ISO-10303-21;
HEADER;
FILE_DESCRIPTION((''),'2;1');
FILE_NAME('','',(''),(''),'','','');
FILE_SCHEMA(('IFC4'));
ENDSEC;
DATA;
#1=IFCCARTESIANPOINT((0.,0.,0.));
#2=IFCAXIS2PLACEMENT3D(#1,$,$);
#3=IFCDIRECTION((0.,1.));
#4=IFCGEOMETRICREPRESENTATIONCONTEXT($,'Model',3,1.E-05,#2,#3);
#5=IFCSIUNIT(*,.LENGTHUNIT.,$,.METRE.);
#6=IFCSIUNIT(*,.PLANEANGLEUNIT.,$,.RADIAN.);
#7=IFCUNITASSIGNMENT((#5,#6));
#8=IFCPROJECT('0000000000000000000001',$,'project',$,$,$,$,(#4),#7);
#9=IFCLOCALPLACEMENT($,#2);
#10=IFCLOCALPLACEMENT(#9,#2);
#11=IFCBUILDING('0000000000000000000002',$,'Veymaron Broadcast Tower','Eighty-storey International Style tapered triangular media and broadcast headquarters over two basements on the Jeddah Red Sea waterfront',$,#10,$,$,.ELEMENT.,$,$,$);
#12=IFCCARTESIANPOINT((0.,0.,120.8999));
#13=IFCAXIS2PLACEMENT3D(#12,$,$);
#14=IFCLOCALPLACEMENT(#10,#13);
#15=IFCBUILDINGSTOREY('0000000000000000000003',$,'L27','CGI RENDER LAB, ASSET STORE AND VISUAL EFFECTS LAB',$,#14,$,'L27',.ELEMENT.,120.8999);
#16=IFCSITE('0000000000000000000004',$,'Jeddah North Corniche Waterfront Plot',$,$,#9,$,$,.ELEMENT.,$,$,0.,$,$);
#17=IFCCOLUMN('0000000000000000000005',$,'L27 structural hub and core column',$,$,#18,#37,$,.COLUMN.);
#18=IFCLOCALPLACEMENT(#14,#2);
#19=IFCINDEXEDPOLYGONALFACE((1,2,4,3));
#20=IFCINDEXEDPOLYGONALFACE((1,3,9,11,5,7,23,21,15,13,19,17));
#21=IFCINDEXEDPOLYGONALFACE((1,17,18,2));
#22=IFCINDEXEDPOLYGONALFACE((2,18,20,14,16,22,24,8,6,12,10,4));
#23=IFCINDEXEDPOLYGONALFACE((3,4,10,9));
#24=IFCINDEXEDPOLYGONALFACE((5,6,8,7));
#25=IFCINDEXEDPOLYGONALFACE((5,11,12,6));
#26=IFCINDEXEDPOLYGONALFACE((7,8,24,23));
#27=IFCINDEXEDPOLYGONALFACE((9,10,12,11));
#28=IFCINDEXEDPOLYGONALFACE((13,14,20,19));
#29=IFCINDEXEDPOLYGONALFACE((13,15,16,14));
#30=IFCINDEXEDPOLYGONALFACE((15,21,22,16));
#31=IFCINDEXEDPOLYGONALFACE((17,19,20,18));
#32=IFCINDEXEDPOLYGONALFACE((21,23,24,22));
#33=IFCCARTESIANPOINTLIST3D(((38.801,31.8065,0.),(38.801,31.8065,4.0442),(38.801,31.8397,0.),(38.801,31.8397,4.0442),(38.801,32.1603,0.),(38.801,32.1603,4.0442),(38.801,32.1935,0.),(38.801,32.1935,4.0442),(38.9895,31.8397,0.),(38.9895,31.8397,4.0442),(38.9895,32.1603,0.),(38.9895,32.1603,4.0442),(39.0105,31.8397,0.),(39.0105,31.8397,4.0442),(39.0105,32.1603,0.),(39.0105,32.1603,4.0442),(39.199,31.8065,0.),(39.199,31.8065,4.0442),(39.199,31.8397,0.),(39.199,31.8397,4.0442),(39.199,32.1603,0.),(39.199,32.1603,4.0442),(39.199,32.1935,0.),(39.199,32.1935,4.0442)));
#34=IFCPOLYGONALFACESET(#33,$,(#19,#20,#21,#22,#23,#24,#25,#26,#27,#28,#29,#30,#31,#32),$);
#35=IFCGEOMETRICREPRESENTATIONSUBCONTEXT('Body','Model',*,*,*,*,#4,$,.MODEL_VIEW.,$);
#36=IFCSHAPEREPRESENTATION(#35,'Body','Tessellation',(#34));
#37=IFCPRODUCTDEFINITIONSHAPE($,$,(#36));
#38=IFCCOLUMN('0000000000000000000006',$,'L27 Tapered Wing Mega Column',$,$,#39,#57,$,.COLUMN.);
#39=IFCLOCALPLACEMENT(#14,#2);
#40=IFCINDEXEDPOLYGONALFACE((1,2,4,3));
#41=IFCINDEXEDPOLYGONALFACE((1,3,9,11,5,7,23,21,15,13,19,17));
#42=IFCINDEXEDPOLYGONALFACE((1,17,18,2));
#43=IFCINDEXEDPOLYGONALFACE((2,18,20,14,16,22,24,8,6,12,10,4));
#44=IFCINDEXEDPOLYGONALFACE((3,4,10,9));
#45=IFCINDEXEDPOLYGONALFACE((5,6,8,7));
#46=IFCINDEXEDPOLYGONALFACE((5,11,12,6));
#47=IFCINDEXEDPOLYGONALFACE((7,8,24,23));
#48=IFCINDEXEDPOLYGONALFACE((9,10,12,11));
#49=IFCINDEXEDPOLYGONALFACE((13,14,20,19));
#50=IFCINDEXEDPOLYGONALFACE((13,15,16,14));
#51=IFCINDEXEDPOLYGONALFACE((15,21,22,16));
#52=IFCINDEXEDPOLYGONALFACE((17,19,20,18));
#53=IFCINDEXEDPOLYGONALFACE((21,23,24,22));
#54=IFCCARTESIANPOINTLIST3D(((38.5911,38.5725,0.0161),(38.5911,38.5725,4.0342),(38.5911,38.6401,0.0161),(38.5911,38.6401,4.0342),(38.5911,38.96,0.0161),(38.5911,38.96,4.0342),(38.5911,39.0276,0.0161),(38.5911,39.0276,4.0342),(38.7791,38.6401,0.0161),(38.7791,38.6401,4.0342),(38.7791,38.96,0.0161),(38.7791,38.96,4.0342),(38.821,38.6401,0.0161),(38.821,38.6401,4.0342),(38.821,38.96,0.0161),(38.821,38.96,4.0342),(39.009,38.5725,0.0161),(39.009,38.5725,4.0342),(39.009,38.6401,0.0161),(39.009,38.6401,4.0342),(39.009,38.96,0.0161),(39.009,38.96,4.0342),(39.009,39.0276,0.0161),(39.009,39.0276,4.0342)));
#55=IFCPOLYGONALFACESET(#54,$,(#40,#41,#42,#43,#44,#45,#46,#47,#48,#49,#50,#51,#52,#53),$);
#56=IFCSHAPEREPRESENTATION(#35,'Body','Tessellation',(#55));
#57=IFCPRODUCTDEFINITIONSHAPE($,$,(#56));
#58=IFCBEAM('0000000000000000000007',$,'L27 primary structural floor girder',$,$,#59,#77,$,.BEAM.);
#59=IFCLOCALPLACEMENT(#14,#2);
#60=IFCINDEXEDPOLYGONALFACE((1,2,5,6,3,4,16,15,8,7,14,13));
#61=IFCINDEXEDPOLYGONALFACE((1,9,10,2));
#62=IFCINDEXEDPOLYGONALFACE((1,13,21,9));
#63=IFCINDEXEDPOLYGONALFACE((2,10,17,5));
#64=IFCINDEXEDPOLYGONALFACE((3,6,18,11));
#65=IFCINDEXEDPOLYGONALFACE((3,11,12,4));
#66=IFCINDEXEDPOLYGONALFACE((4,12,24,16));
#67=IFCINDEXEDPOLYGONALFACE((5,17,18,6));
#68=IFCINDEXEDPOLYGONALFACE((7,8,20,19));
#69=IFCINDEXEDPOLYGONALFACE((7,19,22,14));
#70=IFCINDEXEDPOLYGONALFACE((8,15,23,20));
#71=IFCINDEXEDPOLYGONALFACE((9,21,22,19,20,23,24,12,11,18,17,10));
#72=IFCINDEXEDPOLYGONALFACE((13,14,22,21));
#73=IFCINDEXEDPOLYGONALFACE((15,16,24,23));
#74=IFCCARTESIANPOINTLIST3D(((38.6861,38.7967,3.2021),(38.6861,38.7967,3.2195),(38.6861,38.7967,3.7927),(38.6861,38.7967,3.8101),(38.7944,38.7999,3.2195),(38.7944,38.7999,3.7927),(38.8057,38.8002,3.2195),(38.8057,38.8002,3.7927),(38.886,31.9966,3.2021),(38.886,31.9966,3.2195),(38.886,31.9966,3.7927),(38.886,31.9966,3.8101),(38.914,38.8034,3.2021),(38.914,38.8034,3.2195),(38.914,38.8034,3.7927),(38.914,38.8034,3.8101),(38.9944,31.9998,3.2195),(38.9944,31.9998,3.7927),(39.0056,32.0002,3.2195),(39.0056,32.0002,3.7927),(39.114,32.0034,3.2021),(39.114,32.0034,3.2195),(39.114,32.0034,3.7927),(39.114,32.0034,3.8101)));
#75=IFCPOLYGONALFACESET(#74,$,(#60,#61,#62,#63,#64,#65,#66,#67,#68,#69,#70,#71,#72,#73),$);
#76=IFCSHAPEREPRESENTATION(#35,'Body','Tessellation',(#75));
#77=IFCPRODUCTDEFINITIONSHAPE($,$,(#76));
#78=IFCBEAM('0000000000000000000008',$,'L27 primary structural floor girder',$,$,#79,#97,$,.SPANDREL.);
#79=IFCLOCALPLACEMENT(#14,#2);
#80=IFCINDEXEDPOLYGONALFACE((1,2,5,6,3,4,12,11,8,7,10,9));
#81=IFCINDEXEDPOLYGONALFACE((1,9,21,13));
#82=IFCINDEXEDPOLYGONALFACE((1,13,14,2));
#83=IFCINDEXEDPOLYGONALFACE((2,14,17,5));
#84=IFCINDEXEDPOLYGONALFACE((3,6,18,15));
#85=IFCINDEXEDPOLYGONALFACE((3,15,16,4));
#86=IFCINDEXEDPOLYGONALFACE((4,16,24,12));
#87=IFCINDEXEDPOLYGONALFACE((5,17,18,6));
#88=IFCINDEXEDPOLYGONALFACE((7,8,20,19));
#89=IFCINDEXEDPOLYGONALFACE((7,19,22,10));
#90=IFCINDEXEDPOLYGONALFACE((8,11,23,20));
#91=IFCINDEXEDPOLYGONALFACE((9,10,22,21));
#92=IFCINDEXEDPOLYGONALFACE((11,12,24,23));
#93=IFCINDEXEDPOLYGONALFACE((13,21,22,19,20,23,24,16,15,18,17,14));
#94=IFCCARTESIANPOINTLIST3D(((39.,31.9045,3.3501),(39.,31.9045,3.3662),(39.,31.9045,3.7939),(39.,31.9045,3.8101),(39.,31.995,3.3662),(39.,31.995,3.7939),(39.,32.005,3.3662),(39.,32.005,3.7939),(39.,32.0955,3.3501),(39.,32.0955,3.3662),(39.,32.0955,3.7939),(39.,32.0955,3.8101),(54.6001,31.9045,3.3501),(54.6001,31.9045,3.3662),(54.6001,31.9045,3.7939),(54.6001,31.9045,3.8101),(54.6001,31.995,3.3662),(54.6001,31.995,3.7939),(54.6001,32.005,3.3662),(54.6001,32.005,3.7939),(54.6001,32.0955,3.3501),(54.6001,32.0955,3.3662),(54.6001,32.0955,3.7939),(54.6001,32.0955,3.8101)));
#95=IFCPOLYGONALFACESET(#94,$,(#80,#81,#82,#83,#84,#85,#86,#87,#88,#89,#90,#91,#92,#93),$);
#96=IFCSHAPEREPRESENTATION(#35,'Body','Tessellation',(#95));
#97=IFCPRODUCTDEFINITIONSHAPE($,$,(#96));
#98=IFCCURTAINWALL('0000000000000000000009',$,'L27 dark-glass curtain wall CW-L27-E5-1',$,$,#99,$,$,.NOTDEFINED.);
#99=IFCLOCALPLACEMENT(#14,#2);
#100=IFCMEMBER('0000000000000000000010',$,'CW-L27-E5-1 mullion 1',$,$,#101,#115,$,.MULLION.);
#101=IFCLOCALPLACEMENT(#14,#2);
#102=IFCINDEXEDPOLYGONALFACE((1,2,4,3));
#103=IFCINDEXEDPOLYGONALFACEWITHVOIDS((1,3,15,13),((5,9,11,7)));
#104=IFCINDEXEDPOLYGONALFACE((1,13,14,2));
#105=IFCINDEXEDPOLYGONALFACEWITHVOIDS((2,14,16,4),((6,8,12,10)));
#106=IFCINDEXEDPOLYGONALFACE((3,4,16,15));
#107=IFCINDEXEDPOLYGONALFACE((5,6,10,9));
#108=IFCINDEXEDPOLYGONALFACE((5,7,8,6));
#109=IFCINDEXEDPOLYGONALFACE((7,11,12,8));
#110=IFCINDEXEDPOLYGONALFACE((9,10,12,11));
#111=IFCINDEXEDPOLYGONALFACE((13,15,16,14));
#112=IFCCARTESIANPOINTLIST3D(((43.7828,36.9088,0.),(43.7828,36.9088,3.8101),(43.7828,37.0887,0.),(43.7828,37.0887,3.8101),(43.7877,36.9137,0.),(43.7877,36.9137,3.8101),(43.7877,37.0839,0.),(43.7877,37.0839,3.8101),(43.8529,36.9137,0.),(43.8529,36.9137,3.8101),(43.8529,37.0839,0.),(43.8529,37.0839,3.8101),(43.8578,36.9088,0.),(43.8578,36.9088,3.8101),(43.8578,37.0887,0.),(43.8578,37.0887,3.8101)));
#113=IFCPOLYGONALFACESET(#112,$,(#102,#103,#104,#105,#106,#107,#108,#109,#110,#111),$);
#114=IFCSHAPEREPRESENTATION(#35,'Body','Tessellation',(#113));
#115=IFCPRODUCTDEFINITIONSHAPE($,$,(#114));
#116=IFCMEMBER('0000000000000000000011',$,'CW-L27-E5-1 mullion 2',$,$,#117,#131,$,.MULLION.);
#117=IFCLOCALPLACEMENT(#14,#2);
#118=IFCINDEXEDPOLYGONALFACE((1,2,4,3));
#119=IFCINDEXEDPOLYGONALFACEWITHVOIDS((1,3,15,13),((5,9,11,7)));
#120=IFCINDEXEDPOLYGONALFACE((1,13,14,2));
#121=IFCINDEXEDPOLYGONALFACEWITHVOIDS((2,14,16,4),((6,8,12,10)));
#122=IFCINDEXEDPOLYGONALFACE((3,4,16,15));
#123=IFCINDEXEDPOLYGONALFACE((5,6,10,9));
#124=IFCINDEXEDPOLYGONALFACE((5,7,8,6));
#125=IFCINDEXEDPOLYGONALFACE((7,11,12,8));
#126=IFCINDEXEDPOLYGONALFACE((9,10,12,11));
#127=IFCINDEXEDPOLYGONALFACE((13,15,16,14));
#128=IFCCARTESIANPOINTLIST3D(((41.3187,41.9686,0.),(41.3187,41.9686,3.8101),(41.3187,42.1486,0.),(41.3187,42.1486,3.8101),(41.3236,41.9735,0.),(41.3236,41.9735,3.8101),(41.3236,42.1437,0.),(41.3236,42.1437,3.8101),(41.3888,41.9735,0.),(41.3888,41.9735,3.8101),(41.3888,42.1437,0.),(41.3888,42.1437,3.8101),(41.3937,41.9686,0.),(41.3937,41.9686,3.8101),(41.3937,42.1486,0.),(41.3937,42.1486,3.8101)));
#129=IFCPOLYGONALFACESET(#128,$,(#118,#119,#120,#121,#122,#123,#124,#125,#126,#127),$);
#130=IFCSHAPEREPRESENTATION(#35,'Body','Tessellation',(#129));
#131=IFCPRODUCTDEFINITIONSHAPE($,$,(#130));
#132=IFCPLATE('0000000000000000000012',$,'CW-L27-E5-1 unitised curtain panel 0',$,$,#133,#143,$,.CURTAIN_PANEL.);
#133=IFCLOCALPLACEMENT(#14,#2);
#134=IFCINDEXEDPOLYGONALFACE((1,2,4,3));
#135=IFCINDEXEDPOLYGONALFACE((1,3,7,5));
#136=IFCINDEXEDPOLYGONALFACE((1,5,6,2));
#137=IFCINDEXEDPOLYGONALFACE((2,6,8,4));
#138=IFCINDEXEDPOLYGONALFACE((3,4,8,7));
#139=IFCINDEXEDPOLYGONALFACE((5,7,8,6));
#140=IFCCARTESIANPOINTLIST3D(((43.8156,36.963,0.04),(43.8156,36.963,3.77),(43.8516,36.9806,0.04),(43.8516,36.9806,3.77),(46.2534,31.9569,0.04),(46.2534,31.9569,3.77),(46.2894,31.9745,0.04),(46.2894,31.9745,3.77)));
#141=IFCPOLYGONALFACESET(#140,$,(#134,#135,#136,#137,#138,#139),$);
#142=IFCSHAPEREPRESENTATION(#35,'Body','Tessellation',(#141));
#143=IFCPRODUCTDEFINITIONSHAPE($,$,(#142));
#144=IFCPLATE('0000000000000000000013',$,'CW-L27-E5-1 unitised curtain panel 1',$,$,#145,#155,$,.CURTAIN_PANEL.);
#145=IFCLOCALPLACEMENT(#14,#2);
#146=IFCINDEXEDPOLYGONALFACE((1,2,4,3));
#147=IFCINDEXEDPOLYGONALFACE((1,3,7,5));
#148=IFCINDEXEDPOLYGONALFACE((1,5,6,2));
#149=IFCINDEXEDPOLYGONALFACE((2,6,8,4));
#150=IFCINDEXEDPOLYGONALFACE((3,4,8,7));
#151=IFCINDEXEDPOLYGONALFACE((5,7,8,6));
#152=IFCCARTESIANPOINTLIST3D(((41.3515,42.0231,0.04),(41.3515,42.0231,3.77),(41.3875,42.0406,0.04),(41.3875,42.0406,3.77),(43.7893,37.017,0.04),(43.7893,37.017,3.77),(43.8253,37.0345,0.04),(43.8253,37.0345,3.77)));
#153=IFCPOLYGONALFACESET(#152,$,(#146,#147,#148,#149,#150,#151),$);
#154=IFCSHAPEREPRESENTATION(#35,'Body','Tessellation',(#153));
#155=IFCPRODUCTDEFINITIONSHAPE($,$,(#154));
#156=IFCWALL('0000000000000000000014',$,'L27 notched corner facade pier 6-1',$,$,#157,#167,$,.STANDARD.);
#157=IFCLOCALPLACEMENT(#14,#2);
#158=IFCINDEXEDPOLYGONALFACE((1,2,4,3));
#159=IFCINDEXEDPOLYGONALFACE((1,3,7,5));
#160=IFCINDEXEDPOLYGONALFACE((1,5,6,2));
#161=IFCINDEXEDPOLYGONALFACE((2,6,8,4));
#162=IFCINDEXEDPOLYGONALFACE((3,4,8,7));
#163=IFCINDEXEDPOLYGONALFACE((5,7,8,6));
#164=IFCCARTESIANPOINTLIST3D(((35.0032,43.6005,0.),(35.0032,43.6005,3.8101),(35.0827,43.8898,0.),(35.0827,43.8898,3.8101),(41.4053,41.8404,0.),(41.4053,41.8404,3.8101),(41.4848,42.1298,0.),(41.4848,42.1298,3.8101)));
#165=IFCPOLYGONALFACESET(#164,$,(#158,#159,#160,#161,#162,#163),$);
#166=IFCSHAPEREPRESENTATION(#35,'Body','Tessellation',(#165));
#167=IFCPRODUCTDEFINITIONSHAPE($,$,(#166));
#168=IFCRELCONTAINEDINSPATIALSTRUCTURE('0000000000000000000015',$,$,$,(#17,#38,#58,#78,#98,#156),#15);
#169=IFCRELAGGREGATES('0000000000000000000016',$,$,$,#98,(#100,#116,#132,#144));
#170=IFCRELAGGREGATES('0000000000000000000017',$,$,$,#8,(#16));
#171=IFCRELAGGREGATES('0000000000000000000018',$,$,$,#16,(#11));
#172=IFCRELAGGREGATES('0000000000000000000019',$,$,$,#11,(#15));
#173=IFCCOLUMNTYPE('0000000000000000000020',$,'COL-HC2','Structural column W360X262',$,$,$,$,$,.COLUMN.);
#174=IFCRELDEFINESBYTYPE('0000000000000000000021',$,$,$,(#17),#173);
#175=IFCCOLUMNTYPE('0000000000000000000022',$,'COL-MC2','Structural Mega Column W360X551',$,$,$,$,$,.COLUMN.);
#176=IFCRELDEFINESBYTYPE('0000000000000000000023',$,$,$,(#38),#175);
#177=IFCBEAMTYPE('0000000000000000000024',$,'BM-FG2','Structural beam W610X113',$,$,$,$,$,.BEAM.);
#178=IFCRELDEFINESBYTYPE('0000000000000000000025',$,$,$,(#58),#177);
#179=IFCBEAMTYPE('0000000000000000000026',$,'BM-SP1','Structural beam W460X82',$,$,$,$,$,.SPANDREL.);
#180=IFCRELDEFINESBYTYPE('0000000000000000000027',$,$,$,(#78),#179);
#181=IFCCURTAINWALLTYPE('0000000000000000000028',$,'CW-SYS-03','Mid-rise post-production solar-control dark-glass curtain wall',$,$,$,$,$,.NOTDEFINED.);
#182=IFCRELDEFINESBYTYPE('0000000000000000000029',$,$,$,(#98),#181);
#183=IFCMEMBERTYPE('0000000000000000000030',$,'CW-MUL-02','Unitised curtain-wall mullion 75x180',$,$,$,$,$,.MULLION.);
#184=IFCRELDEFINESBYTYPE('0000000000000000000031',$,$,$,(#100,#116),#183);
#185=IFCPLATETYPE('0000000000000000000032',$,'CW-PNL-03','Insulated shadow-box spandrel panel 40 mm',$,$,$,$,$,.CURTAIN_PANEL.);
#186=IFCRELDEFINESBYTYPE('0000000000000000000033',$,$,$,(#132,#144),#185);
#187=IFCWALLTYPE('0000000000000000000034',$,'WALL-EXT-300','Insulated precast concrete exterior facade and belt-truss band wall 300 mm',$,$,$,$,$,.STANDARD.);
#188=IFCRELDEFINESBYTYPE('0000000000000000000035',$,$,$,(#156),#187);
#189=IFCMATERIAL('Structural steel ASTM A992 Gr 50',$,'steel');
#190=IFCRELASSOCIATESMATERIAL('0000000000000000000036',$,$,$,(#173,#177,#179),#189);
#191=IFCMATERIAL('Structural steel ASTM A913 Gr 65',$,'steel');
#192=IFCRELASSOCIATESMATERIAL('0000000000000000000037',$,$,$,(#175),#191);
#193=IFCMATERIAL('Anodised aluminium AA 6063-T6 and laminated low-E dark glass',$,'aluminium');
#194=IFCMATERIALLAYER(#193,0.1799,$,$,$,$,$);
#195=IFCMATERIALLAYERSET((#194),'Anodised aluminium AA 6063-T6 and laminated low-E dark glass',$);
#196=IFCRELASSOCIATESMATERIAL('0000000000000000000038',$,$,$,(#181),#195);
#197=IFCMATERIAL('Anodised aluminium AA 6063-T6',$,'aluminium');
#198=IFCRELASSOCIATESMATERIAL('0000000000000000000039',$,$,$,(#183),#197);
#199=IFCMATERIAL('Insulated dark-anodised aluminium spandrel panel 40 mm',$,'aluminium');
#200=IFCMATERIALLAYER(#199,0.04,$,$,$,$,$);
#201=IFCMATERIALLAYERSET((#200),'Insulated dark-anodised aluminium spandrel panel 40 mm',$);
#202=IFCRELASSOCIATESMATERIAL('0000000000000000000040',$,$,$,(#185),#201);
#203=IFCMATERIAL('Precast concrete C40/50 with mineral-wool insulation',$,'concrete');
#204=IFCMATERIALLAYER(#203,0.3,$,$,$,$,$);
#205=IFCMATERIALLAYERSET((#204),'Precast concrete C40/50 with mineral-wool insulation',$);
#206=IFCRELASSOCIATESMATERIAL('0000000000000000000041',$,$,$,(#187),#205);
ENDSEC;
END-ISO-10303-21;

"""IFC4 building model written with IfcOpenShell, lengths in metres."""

from ifc_helpers import new_model, si_unit, direction, frame, frame_2d, origin, origin_2d, place, context, subcontext, project, spatial, rectangle, hollow_rectangle, i_section, extrude, material, layer, layer_set, material_profile, profile_set, type_object, element, aggregate, save


model = new_model("IFC4")

# Units and contexts
model_context = context("Model", 3, precision=1e-05, world=origin(), true_north=direction((0.0, 1.0)))
body_context = subcontext(model_context, "Body", "Model", "MODEL_VIEW")
ifc_project = project(units=[si_unit("LENGTHUNIT", "METRE"), si_unit("PLANEANGLEUNIT", "RADIAN")], contexts=[model_context])

# Site, building, storey
site_placement = place(None, origin())
site = spatial("IfcSite", under=ifc_project, at=site_placement, Name="Jeddah North Corniche Waterfront Plot", CompositionType="ELEMENT", RefElevation=0.0)
building_placement = place(site_placement, origin())
building = spatial("IfcBuilding", under=site, at=building_placement, Name="Veymaron Broadcast Tower", Description="Eighty-storey International Style tapered triangular media and broadcast headquarters over two basements on the Jeddah Red Sea waterfront", CompositionType="ELEMENT")
storey_placement = place(building_placement, frame((0.0, 0.0, 120.8999)))
storey = spatial("IfcBuildingStorey", under=building, at=storey_placement, Name="L27", Description="CGI RENDER LAB, ASSET STORE AND VISUAL EFFECTS LAB", LongName="L27", CompositionType="ELEMENT", Elevation=120.8999)

# Columns
ifc_material_1 = material(Name="Structural steel ASTM A992 Gr 50", Category="steel")
ifc_material_profile_1 = material_profile(ifc_material_1, i_section(OverallWidth=0.3979, OverallDepth=0.387, WebThickness=0.021, FlangeThickness=0.0332, at=origin_2d()), Name="W360X262")
ifc_profile_set_1 = profile_set([ifc_material_profile_1], Name="Structural steel ASTM A992 Gr 50")
column_type_1 = type_object("IfcColumnType", Name="COL-HC2", Description="Structural column W360X262", PredefinedType="COLUMN", material=ifc_profile_set_1)
column_1_placement = place(storey_placement, frame((39.0, 32.0, 0.0), z_axis=(0.0, 0.0, 1.0), x_axis=(1.0, 0.0, 0.0)))
element("IfcColumn", 1, at=column_1_placement, inside=storey, type_object=column_type_1, Name="L27 structural hub and core column", PredefinedType="COLUMN", context=body_context, shape_type="SweptSolid", body=[
    extrude(i_section(OverallWidth=0.3979, OverallDepth=0.387, WebThickness=0.021, FlangeThickness=0.0332, at=origin_2d()), origin(), (0.0, 0.0, 1.0), 4.0442),
])
ifc_material_2 = material(Name="Structural steel ASTM A913 Gr 65", Category="steel")
ifc_material_profile_2 = material_profile(ifc_material_2, i_section(OverallWidth=0.418, OverallDepth=0.4551, WebThickness=0.042, FlangeThickness=0.0676, at=origin_2d()), Name="W360X551")
ifc_profile_set_2 = profile_set([ifc_material_profile_2], Name="Structural steel ASTM A913 Gr 65")
column_type_2 = type_object("IfcColumnType", Name="COL-MC2", Description="Structural Mega Column W360X551", PredefinedType="COLUMN", material=ifc_profile_set_2)
column_2_placement = place(storey_placement, frame((38.8, 38.8, 0.0161), z_axis=(0.0, 0.0, 1.0), x_axis=(1.0, 0.0, 0.0)))
element("IfcColumn", 2, at=column_2_placement, inside=storey, type_object=column_type_2, Name="L27 Tapered Wing Mega Column", PredefinedType="COLUMN", context=body_context, shape_type="SweptSolid", body=[
    extrude(i_section(OverallWidth=0.418, OverallDepth=0.4551, WebThickness=0.042, FlangeThickness=0.0676, at=origin_2d()), origin(), (0.0, 0.0, 1.0), 4.0181),
])

# Beams
ifc_material_profile_3 = material_profile(ifc_material_1, i_section(OverallWidth=0.228, OverallDepth=0.6079, WebThickness=0.0112, FlangeThickness=0.0173, at=origin_2d()), Name="W610X113")
ifc_profile_set_3 = profile_set([ifc_material_profile_3], Name="Structural steel ASTM A992 Gr 50")
beam_type_1 = type_object("IfcBeamType", Name="BM-FG2", Description="Structural beam W610X113", PredefinedType="BEAM", material=ifc_profile_set_3)
beam_1_placement = place(storey_placement, frame((39.0, 32.0, 3.5061), z_axis=(-0.029392, 0.999568, 0.0), x_axis=(-0.999568, -0.029392, 0.0)))
element("IfcBeam", 3, at=beam_1_placement, inside=storey, type_object=beam_type_1, Name="L27 primary structural floor girder", PredefinedType="BEAM", context=body_context, shape_type="SweptSolid", body=[
    extrude(i_section(OverallWidth=0.228, OverallDepth=0.6079, WebThickness=0.0112, FlangeThickness=0.0173, at=origin_2d()), origin(), (0.0, 0.0, 1.0), 6.803),
])
ifc_material_profile_4 = material_profile(ifc_material_1, i_section(OverallWidth=0.1909, OverallDepth=0.46, WebThickness=0.01, FlangeThickness=0.0161, at=origin_2d()), Name="W460X82")
ifc_profile_set_4 = profile_set([ifc_material_profile_4], Name="Structural steel ASTM A992 Gr 50")
beam_type_2 = type_object("IfcBeamType", Name="BM-SP1", Description="Structural beam W460X82", PredefinedType="SPANDREL", material=ifc_profile_set_4)
beam_2_placement = place(storey_placement, frame((39.0, 32.0, 3.5801), z_axis=(1.0, 0.0, 0.0), x_axis=(0.0, 1.0, 0.0)))
element("IfcBeam", 4, at=beam_2_placement, inside=storey, type_object=beam_type_2, Name="L27 primary structural floor girder", PredefinedType="SPANDREL", context=body_context, shape_type="SweptSolid", body=[
    extrude(i_section(OverallWidth=0.1909, OverallDepth=0.46, WebThickness=0.01, FlangeThickness=0.0161, at=origin_2d()), origin(), (0.0, 0.0, 1.0), 15.6001),
])

# Curtain wall, members, plates
ifc_material_3 = material(Name="Anodised aluminium AA 6063-T6 and laminated low-E dark glass", Category="aluminium")
ifc_layer_1 = layer(ifc_material_3, 0.1799)
ifc_layer_set_1 = layer_set([ifc_layer_1], Name="Anodised aluminium AA 6063-T6 and laminated low-E dark glass")
curtain_wall_type = type_object("IfcCurtainWallType", Name="CW-SYS-03", Description="Mid-rise post-production solar-control dark-glass curtain wall", PredefinedType="NOTDEFINED", material=ifc_layer_set_1)
curtain_wall_placement = place(storey_placement, origin())
curtain_wall = element("IfcCurtainWall", 5, at=curtain_wall_placement, inside=storey, type_object=curtain_wall_type, Name="L27 dark-glass curtain wall CW-L27-E5-1", PredefinedType="NOTDEFINED")
ifc_material_4 = material(Name="Anodised aluminium AA 6063-T6", Category="aluminium")
ifc_material_profile_5 = material_profile(ifc_material_4, hollow_rectangle(XDim=0.075, YDim=0.1799, WallThickness=0.0049, at=origin_2d()), Name="AL180X75X5")
ifc_profile_set_5 = profile_set([ifc_material_profile_5], Name="Anodised aluminium AA 6063-T6")
member_type = type_object("IfcMemberType", Name="CW-MUL-02", Description="Unitised curtain-wall mullion 75x180", PredefinedType="MULLION", material=ifc_profile_set_5)
member_1_placement = place(storey_placement, frame((43.8203, 36.9988, 0.0), z_axis=(0.0, 0.0, 1.0), x_axis=(1.0, 0.0, 0.0)))
member_1 = element("IfcMember", 6, at=member_1_placement, type_object=member_type, Name="CW-L27-E5-1 mullion 1", PredefinedType="MULLION", context=body_context, shape_type="SweptSolid", body=[
    extrude(hollow_rectangle(XDim=0.075, YDim=0.1799, WallThickness=0.0049, at=origin_2d()), origin(), (0.0, 0.0, 1.0), 3.8101),
])
member_2_placement = place(storey_placement, frame((41.3562, 42.0586, 0.0), z_axis=(0.0, 0.0, 1.0), x_axis=(1.0, 0.0, 0.0)))
member_2 = element("IfcMember", 7, at=member_2_placement, type_object=member_type, Name="CW-L27-E5-1 mullion 2", PredefinedType="MULLION", context=body_context, shape_type="SweptSolid", body=[
    extrude(hollow_rectangle(XDim=0.075, YDim=0.1799, WallThickness=0.0049, at=origin_2d()), origin(), (0.0, 0.0, 1.0), 3.8101),
])
ifc_material_5 = material(Name="Insulated dark-anodised aluminium spandrel panel 40 mm", Category="aluminium")
ifc_layer_2 = layer(ifc_material_5, 0.04)
ifc_layer_set_2 = layer_set([ifc_layer_2], Name="Insulated dark-anodised aluminium spandrel panel 40 mm")
plate_type = type_object("IfcPlateType", Name="CW-PNL-03", Description="Insulated shadow-box spandrel panel 40 mm", PredefinedType="CURTAIN_PANEL", material=ifc_layer_set_2)
plate_1_placement = place(storey_placement, frame((45.0525, 34.4688, 0.04), z_axis=(0.0, 0.0, 1.0), x_axis=(-0.437822, 0.899062, 0.0)))
plate_1 = element("IfcPlate", 8, at=plate_1_placement, type_object=plate_type, Name="CW-L27-E5-1 unitised curtain panel 0", PredefinedType="CURTAIN_PANEL", context=body_context, shape_type="SweptSolid", body=[
    extrude(rectangle(XDim=5.5681, YDim=0.04, at=origin_2d()), origin(), (0.0, 0.0, 1.0), 3.73),
])
plate_2_placement = place(storey_placement, frame((42.5884, 39.5288, 0.04), z_axis=(0.0, 0.0, 1.0), x_axis=(-0.437822, 0.899062, 0.0)))
plate_2 = element("IfcPlate", 9, at=plate_2_placement, type_object=plate_type, Name="CW-L27-E5-1 unitised curtain panel 1", PredefinedType="CURTAIN_PANEL", context=body_context, shape_type="SweptSolid", body=[
    extrude(rectangle(XDim=5.5681, YDim=0.04, at=origin_2d()), origin(), (0.0, 0.0, 1.0), 3.73),
])
aggregate(curtain_wall, [member_1, member_2, plate_1, plate_2])

# Wall
ifc_material_6 = material(Name="Precast concrete C40/50 with mineral-wool insulation", Category="concrete")
ifc_layer_3 = layer(ifc_material_6, 0.3)
ifc_layer_set_3 = layer_set([ifc_layer_3], Name="Precast concrete C40/50 with mineral-wool insulation")
wall_type_1 = type_object("IfcWallType", Name="WALL-EXT-300", Description="Insulated precast concrete exterior facade and belt-truss band wall 300 mm", PredefinedType="STANDARD", material=ifc_layer_set_3)
wall_1_placement = place(storey_placement, frame((41.4451, 41.9851, 0.0), z_axis=(0.0, 0.0, 1.0), x_axis=(-0.964227, 0.265077, 0.0)))
element("IfcWall", 10, at=wall_1_placement, inside=storey, type_object=wall_type_1, Name="L27 notched corner facade pier 6-1", PredefinedType="STANDARD", context=body_context, shape_type="SweptSolid", body=[
    extrude(rectangle(XDim=6.6396, YDim=0.3, at=frame_2d((3.3198, 0.0))), origin(), (0.0, 0.0, 1.0), 3.8101),
])

save(model, "model.ifc")
